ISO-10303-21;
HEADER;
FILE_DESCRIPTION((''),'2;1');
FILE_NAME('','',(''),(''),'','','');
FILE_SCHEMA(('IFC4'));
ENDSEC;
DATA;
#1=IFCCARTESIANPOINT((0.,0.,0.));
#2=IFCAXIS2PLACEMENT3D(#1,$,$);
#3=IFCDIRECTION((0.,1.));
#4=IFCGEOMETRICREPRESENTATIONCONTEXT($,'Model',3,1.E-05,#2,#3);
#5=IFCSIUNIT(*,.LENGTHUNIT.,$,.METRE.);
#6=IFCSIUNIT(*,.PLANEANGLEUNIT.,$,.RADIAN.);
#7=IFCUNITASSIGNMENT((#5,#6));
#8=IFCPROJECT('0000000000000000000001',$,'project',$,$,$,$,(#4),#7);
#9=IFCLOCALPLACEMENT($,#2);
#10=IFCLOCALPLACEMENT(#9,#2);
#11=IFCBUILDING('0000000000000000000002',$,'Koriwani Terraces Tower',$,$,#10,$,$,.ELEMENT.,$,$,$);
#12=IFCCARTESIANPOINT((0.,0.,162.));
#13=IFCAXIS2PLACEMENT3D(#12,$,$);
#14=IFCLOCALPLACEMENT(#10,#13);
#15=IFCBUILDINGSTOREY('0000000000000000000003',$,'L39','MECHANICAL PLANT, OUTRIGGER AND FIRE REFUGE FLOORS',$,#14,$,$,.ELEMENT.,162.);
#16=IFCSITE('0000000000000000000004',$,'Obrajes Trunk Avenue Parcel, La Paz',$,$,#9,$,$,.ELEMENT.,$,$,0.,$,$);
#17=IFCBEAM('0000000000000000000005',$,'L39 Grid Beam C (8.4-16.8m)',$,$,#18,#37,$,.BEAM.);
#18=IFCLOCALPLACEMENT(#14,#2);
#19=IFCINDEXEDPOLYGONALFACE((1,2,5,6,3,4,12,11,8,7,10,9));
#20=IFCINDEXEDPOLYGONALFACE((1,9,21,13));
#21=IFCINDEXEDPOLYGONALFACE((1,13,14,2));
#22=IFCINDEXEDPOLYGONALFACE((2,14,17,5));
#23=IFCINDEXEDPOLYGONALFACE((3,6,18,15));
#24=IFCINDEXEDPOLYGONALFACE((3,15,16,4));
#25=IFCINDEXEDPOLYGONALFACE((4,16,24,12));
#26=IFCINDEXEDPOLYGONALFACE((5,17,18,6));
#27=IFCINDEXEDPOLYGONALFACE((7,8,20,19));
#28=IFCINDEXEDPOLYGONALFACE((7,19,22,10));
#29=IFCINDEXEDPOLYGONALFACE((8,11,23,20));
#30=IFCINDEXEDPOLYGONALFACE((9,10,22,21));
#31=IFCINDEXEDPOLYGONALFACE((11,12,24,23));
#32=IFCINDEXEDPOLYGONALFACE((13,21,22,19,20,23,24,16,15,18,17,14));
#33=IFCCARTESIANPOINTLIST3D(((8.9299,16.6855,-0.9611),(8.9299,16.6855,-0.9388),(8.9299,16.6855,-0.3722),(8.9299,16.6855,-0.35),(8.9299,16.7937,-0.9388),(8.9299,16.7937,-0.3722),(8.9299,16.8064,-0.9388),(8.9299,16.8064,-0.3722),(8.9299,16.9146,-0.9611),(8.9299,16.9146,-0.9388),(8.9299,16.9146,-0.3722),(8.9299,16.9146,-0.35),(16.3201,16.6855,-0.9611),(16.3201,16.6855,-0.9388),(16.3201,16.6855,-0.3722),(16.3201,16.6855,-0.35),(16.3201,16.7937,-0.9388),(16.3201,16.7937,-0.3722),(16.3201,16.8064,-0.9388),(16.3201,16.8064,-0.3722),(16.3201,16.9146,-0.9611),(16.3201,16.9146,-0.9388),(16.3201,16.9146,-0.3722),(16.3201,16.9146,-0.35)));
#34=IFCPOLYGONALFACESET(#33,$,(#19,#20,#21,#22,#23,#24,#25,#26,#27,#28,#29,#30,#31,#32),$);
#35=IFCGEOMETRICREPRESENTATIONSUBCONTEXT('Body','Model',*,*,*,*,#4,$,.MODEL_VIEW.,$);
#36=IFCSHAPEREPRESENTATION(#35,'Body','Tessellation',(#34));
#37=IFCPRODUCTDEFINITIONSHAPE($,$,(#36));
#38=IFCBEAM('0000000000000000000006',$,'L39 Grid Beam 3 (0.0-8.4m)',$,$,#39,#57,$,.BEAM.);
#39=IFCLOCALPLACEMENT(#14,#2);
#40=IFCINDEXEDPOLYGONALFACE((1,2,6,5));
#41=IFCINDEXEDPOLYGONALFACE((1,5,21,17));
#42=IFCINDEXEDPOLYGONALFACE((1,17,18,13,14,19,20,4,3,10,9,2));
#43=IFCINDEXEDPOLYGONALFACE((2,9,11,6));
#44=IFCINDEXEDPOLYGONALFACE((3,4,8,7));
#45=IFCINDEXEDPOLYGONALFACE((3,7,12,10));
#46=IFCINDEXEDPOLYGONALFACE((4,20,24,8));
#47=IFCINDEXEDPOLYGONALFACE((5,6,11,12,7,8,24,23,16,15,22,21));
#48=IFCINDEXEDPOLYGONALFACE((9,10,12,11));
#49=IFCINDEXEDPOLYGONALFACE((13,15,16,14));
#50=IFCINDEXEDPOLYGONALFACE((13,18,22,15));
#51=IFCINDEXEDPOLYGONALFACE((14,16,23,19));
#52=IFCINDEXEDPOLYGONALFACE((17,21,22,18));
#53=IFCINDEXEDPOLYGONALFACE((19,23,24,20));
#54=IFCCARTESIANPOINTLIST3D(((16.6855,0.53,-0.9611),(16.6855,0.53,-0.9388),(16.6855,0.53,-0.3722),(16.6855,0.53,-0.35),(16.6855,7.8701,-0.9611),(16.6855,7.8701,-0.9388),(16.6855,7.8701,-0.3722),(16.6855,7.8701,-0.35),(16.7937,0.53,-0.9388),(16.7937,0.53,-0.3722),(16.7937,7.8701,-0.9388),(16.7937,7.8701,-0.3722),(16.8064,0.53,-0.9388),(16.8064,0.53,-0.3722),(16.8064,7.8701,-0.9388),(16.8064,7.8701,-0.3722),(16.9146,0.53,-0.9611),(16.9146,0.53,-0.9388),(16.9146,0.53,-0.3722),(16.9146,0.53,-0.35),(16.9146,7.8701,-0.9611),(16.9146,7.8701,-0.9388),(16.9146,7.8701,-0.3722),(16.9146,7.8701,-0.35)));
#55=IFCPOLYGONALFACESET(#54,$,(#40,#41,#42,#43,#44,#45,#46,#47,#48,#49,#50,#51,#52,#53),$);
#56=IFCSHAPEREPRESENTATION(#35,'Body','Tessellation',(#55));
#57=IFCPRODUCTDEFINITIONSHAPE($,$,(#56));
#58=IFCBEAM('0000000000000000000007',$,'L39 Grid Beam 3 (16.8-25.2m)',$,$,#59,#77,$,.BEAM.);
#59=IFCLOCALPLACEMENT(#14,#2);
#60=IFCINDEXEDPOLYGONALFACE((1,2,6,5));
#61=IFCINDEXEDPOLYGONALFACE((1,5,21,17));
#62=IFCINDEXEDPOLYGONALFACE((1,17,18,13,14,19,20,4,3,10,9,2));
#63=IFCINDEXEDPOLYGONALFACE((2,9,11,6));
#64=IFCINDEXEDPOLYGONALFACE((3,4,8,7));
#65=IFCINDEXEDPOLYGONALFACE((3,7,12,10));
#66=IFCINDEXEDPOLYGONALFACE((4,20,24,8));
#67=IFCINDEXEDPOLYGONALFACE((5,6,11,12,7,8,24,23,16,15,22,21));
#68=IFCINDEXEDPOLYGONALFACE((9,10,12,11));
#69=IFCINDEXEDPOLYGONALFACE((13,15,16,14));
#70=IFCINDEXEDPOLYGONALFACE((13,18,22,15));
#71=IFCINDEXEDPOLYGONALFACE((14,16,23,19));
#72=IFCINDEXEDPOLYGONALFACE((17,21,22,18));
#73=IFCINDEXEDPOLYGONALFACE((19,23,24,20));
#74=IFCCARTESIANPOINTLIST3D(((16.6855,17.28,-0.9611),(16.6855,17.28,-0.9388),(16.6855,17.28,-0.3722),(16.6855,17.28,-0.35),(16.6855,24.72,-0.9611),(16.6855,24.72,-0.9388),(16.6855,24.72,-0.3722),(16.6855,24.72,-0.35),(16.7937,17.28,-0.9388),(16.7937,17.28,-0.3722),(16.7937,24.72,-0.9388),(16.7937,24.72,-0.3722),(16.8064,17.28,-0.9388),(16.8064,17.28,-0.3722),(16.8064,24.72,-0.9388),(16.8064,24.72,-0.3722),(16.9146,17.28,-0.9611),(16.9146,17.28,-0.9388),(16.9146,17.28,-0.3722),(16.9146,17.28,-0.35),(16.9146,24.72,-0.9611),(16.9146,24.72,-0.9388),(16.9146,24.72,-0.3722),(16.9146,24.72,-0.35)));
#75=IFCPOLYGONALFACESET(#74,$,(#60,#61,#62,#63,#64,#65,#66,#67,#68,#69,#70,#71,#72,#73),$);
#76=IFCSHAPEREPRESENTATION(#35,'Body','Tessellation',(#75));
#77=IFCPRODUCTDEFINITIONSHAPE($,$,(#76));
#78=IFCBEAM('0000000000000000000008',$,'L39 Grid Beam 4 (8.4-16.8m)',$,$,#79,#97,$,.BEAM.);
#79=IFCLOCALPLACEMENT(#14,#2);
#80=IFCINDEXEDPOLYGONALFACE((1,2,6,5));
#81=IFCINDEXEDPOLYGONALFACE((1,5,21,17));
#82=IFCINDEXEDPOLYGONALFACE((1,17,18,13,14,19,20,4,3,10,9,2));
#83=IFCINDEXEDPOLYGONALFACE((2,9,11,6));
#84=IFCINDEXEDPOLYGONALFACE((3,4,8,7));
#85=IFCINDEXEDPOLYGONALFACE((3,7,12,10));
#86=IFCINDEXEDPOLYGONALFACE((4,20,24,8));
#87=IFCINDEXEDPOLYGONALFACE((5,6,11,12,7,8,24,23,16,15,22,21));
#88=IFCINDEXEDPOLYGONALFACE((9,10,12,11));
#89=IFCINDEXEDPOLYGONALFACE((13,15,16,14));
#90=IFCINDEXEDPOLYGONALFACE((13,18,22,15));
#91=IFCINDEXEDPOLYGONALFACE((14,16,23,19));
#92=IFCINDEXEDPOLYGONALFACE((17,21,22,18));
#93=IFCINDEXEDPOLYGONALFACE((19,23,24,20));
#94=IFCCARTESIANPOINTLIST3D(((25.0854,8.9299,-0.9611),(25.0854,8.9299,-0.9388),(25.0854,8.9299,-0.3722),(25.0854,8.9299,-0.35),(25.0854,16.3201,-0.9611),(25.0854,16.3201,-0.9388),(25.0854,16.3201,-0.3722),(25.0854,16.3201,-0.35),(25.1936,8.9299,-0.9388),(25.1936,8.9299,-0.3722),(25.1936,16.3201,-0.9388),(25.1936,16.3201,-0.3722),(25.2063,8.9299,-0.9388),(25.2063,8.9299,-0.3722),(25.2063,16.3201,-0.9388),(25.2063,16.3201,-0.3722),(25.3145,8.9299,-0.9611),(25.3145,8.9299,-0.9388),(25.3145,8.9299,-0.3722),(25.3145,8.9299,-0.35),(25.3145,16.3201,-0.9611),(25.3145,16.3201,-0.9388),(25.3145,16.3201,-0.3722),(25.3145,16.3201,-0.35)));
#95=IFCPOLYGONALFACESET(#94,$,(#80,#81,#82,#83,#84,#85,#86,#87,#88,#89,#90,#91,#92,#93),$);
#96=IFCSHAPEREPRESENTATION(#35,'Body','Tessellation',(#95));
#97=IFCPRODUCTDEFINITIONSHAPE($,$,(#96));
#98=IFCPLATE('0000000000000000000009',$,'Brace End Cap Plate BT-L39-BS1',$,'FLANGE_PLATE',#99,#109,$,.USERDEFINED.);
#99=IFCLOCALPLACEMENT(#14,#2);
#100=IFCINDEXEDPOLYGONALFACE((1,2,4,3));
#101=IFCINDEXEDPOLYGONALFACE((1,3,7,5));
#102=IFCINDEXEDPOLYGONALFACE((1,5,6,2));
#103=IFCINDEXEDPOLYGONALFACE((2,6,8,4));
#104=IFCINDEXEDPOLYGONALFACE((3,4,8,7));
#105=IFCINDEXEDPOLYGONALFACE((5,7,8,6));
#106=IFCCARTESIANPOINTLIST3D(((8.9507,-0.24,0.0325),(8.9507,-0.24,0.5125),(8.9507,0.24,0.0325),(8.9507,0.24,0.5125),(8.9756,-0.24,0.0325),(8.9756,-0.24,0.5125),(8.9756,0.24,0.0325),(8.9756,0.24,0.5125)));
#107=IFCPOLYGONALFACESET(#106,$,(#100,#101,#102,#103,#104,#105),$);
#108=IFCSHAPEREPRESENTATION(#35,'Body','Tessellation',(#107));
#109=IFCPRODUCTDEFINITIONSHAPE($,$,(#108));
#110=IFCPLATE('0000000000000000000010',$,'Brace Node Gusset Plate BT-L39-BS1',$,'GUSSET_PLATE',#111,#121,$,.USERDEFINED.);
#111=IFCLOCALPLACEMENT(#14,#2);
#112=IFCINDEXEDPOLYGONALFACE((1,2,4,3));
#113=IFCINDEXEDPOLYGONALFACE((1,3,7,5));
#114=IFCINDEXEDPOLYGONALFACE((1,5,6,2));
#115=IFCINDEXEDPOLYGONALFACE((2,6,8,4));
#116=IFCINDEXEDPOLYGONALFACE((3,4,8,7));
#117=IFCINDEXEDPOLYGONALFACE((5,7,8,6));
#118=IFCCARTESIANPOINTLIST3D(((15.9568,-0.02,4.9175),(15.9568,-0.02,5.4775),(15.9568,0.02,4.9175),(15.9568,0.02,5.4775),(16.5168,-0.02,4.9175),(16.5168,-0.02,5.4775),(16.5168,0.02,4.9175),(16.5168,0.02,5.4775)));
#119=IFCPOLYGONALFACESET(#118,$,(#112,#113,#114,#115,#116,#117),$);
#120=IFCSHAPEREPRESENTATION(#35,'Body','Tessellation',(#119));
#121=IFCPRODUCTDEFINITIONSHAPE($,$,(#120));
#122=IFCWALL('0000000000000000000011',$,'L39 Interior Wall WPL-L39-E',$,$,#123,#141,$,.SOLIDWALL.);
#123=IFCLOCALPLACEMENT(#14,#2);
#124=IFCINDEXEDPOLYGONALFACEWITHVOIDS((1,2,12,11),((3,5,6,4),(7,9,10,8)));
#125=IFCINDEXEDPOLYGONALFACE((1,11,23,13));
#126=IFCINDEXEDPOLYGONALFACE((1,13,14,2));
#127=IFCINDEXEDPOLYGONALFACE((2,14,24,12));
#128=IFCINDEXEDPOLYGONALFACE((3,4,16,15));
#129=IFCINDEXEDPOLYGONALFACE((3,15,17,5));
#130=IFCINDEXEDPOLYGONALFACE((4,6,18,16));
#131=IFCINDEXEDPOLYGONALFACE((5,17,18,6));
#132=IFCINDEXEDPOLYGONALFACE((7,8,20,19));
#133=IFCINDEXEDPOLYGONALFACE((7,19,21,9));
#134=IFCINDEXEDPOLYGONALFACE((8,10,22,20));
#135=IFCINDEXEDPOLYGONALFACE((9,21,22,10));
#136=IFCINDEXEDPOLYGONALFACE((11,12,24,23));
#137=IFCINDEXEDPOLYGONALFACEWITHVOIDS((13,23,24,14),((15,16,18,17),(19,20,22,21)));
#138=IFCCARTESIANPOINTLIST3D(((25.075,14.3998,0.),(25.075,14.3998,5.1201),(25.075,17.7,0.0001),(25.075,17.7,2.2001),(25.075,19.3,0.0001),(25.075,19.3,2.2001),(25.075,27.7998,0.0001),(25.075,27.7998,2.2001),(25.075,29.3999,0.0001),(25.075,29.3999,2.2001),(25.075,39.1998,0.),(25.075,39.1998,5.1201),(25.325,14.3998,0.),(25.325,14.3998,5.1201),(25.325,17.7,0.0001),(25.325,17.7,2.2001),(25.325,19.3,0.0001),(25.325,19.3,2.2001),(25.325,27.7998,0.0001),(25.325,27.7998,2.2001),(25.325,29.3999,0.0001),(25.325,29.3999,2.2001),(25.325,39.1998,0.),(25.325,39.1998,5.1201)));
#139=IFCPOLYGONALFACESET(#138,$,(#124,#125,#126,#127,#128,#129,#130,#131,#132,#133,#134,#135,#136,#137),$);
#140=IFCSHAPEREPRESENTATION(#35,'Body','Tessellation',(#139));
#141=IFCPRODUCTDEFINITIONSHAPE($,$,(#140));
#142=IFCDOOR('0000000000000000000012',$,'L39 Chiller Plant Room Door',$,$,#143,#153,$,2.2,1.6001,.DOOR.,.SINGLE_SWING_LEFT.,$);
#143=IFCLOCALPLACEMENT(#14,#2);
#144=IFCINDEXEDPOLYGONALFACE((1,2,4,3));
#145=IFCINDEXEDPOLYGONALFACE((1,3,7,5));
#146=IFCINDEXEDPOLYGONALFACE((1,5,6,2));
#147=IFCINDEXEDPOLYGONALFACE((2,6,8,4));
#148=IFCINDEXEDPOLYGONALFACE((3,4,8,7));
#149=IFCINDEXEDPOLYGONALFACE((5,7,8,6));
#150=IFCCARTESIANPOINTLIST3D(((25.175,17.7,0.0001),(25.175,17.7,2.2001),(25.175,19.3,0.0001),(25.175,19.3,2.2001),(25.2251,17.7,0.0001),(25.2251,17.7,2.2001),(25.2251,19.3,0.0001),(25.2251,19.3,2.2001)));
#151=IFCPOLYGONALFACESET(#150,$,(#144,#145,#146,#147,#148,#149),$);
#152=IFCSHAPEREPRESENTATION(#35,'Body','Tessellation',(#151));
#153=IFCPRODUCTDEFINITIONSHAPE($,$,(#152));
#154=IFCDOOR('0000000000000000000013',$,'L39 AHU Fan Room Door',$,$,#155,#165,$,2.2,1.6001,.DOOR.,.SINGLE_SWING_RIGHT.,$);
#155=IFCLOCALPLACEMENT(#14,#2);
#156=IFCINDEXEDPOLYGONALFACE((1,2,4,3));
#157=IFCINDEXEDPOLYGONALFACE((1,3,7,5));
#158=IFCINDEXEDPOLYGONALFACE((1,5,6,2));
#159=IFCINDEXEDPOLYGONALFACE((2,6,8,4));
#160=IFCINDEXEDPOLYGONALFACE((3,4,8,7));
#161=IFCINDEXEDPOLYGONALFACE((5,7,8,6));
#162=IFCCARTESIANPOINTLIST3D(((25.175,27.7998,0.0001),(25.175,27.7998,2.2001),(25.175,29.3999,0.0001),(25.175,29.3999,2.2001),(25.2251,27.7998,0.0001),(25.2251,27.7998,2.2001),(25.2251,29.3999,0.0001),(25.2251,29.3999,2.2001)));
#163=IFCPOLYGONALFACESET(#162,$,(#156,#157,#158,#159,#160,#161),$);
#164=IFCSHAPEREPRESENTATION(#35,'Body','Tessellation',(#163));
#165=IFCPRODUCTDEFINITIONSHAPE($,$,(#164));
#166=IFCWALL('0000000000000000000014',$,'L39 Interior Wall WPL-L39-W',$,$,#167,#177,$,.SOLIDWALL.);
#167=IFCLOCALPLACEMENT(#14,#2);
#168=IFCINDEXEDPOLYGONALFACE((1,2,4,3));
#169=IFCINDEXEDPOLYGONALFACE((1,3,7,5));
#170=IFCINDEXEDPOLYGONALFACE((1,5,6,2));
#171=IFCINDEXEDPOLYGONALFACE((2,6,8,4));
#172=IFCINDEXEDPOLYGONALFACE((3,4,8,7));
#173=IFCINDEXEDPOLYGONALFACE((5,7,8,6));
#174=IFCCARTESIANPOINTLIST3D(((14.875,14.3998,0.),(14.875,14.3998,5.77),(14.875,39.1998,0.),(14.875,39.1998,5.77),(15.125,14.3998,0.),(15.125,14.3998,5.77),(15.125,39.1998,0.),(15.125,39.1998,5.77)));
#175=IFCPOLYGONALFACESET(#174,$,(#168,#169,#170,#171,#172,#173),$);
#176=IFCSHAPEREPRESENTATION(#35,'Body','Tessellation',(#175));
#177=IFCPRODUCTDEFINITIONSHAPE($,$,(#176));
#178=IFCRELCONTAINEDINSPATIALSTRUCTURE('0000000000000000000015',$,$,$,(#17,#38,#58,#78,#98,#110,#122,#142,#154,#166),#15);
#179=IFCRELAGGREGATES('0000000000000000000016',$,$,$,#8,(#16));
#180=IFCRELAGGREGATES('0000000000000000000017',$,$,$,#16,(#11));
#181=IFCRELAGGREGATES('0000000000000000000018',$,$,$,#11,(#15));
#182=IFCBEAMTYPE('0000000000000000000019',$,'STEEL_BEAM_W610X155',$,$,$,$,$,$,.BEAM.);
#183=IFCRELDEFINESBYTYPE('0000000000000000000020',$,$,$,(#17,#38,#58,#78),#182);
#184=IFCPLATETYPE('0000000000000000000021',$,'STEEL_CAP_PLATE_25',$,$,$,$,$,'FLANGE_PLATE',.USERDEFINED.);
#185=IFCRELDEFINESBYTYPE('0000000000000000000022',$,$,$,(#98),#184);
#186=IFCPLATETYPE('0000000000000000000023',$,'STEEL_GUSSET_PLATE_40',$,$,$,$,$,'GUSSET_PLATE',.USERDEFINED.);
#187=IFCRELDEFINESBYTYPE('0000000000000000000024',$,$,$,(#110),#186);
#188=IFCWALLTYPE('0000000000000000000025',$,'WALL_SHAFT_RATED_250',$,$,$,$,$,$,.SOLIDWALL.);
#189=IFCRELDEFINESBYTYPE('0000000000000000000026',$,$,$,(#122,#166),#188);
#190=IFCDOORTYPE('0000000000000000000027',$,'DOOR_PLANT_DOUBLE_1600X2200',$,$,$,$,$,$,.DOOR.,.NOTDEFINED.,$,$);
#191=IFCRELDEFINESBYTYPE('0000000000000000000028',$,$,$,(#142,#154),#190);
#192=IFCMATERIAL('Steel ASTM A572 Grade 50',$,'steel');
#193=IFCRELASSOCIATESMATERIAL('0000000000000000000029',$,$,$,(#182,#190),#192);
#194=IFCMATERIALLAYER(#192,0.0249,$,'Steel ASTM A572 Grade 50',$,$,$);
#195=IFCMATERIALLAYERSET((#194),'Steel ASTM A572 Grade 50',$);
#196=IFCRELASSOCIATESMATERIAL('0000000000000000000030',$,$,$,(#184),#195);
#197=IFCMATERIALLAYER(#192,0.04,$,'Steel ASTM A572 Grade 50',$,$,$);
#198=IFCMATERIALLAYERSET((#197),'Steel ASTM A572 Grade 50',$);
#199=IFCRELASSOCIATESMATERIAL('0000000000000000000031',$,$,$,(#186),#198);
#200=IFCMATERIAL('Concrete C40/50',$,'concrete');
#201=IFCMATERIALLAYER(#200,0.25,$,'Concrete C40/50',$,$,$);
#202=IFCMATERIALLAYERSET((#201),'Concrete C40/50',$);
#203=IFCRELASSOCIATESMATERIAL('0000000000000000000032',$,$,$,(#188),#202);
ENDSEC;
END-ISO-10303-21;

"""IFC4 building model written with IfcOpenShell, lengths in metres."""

from ifc_helpers import new_model, si_unit, direction, frame, frame_2d, origin, origin_2d, place, context, subcontext, project, spatial, rectangle, i_section, extrude, material, layer, layer_set, material_profile, profile_set, type_object, element, fill, save


model = new_model("IFC4")

# Units and contexts
model_context = context("Model", 3, precision=1e-05, world=origin(), true_north=direction((0.0, 1.0)))
body_context = subcontext(model_context, "Body", "Model", "MODEL_VIEW")
ifc_project = project(units=[si_unit("LENGTHUNIT", "METRE"), si_unit("PLANEANGLEUNIT", "RADIAN")], contexts=[model_context])

# Site, building, storey
site_placement = place(None, origin())
site = spatial("IfcSite", under=ifc_project, at=site_placement, Name="Obrajes Trunk Avenue Parcel, La Paz", CompositionType="ELEMENT", RefElevation=0.0)
building_placement = place(site_placement, origin())
building = spatial("IfcBuilding", under=site, at=building_placement, Name="Koriwani Terraces Tower", CompositionType="ELEMENT")
storey_placement = place(building_placement, frame((0.0, 0.0, 162.0)))
storey = spatial("IfcBuildingStorey", under=building, at=storey_placement, Name="L39", Description="MECHANICAL PLANT, OUTRIGGER AND FIRE REFUGE FLOORS", CompositionType="ELEMENT", Elevation=162.0)

# Beams
ifc_material_1 = material(Name="Steel ASTM A572 Grade 50", Category="steel")
ifc_material_profile_1 = material_profile(ifc_material_1, i_section(OverallWidth=0.229, OverallDepth=0.6111, WebThickness=0.0127, FlangeThickness=0.0222, at=origin_2d()), Name="Steel ASTM A572 Grade 50", Category="LoadBearing")
ifc_profile_set_1 = profile_set([ifc_material_profile_1], Name="Steel ASTM A572 Grade 50")
beam_type_1 = type_object("IfcBeamType", Name="STEEL_BEAM_W610X155", PredefinedType="BEAM", material=ifc_profile_set_1)
beam_1_placement = place(storey_placement, frame((8.9299, 16.8, -0.6555), z_axis=(1.0, 0.0, 0.0), x_axis=(0.0, 1.0, 0.0)))
element("IfcBeam", 1, at=beam_1_placement, inside=storey, type_object=beam_type_1, Name="L39 Grid Beam C (8.4-16.8m)", PredefinedType="BEAM", context=body_context, shape_type="SweptSolid", body=[
    extrude(i_section(OverallWidth=0.229, OverallDepth=0.6111, WebThickness=0.0127, FlangeThickness=0.0222, at=origin_2d()), origin(), (0.0, 0.0, 1.0), 7.3901),
])
beam_2_placement = place(storey_placement, frame((16.8, 0.53, -0.6555), z_axis=(0.0, 1.0, 0.0), x_axis=(-1.0, 0.0, 0.0)))
element("IfcBeam", 2, at=beam_2_placement, inside=storey, type_object=beam_type_1, Name="L39 Grid Beam 3 (0.0-8.4m)", PredefinedType="BEAM", context=body_context, shape_type="SweptSolid", body=[
    extrude(i_section(OverallWidth=0.229, OverallDepth=0.6111, WebThickness=0.0127, FlangeThickness=0.0222, at=origin_2d()), origin(), (0.0, 0.0, 1.0), 7.3401),
])
beam_3_placement = place(storey_placement, frame((16.8, 17.28, -0.6555), z_axis=(0.0, 1.0, 0.0), x_axis=(-1.0, 0.0, 0.0)))
element("IfcBeam", 3, at=beam_3_placement, inside=storey, type_object=beam_type_1, Name="L39 Grid Beam 3 (16.8-25.2m)", PredefinedType="BEAM", context=body_context, shape_type="SweptSolid", body=[
    extrude(i_section(OverallWidth=0.229, OverallDepth=0.6111, WebThickness=0.0127, FlangeThickness=0.0222, at=origin_2d()), origin(), (0.0, 0.0, 1.0), 7.4399),
])
beam_4_placement = place(storey_placement, frame((25.2, 8.9299, -0.6555), z_axis=(0.0, 1.0, 0.0), x_axis=(-1.0, 0.0, 0.0)))
element("IfcBeam", 4, at=beam_4_placement, inside=storey, type_object=beam_type_1, Name="L39 Grid Beam 4 (8.4-16.8m)", PredefinedType="BEAM", context=body_context, shape_type="SweptSolid", body=[
    extrude(i_section(OverallWidth=0.229, OverallDepth=0.6111, WebThickness=0.0127, FlangeThickness=0.0222, at=origin_2d()), origin(), (0.0, 0.0, 1.0), 7.3901),
])

# Plates
ifc_layer_1 = layer(ifc_material_1, 0.0249, Name="Steel ASTM A572 Grade 50")
ifc_layer_set_1 = layer_set([ifc_layer_1], Name="Steel ASTM A572 Grade 50")
plate_type_1 = type_object("IfcPlateType", Name="STEEL_CAP_PLATE_25", ElementType="FLANGE_PLATE", PredefinedType="USERDEFINED", material=ifc_layer_set_1)
plate_1_placement = place(storey_placement, frame((8.9631, 0.0, 0.0325), z_axis=(0.0, 0.0, 1.0), x_axis=(1.0, 0.0, 0.0)))
element("IfcPlate", 5, at=plate_1_placement, inside=storey, type_object=plate_type_1, Name="Brace End Cap Plate BT-L39-BS1", ObjectType="FLANGE_PLATE", PredefinedType="USERDEFINED", context=body_context, shape_type="SweptSolid", body=[
    extrude(rectangle(XDim=0.0249, YDim=0.48, at=origin_2d()), origin(), (0.0, 0.0, 1.0), 0.48),
])
ifc_layer_2 = layer(ifc_material_1, 0.04, Name="Steel ASTM A572 Grade 50")
ifc_layer_set_2 = layer_set([ifc_layer_2], Name="Steel ASTM A572 Grade 50")
plate_type_2 = type_object("IfcPlateType", Name="STEEL_GUSSET_PLATE_40", ElementType="GUSSET_PLATE", PredefinedType="USERDEFINED", material=ifc_layer_set_2)
plate_2_placement = place(storey_placement, frame((16.2368, 0.0, 4.9175), z_axis=(0.0, 0.0, 1.0), x_axis=(1.0, 0.0, 0.0)))
element("IfcPlate", 6, at=plate_2_placement, inside=storey, type_object=plate_type_2, Name="Brace Node Gusset Plate BT-L39-BS1", ObjectType="GUSSET_PLATE", PredefinedType="USERDEFINED", context=body_context, shape_type="SweptSolid", body=[
    extrude(rectangle(XDim=0.5601, YDim=0.04, at=origin_2d()), origin(), (0.0, 0.0, 1.0), 0.5601),
])

# Wall, openings, doors
ifc_material_2 = material(Name="Concrete C40/50", Category="concrete")
ifc_layer_3 = layer(ifc_material_2, 0.25, Name="Concrete C40/50")
ifc_layer_set_3 = layer_set([ifc_layer_3], Name="Concrete C40/50")
wall_type = type_object("IfcWallType", Name="WALL_SHAFT_RATED_250", PredefinedType="SOLIDWALL", material=ifc_layer_set_3)
wall_1_placement = place(storey_placement, frame((25.2, 14.3999, 0.0), z_axis=(0.0, 0.0, 1.0), x_axis=(0.0, 1.0, 0.0)))
wall_1 = element("IfcWall", 7, at=wall_1_placement, inside=storey, type_object=wall_type, Name="L39 Interior Wall WPL-L39-E", PredefinedType="SOLIDWALL", context=body_context, shape_type="SweptSolid", body=[
    extrude(rectangle(XDim=24.8, YDim=0.25, at=frame_2d((12.3999, 0.0))), origin(), (0.0, 0.0, 1.0), 5.1201),
])
opening_1_placement = place(wall_1_placement, frame((3.3, 0.0, 0.0)))
opening_1 = element("IfcOpeningElement", 8, at=opening_1_placement, cuts=wall_1, PredefinedType="OPENING", context=body_context, shape_type="SweptSolid", body=[
    extrude(rectangle(XDim=1.6001, YDim=2.2, at=frame_2d((0.8, 1.1001))), frame((0.0, 0.135, 0.0), z_axis=(0.0, -1.0, 0.0), x_axis=(1.0, 0.0, 0.0)), (0.0, 0.0, 1.0), 0.27),
])
opening_2_placement = place(wall_1_placement, frame((13.3999, 0.0, 0.0)))
opening_2 = element("IfcOpeningElement", 9, at=opening_2_placement, cuts=wall_1, PredefinedType="OPENING", context=body_context, shape_type="SweptSolid", body=[
    extrude(rectangle(XDim=1.6001, YDim=2.2, at=frame_2d((0.8, 1.1001))), frame((0.0, 0.135, 0.0), z_axis=(0.0, -1.0, 0.0), x_axis=(1.0, 0.0, 0.0)), (0.0, 0.0, 1.0), 0.27),
])
door_type = type_object("IfcDoorType", Name="DOOR_PLANT_DOUBLE_1600X2200", OperationType="NOTDEFINED", PredefinedType="DOOR", material=ifc_material_1)
door_1_placement = place(opening_1_placement, origin())
door_1 = element("IfcDoor", 10, at=door_1_placement, inside=storey, type_object=door_type, Name="L39 Chiller Plant Room Door", OperationType="SINGLE_SWING_LEFT", OverallHeight=2.2, OverallWidth=1.6001, PredefinedType="DOOR", context=body_context, shape_type="SweptSolid", body=[
    extrude(rectangle(XDim=1.6001, YDim=2.2, at=frame_2d((0.8, 1.1001))), frame((0.0, 0.0249, 0.0), z_axis=(0.0, -1.0, 0.0), x_axis=(1.0, 0.0, 0.0)), (0.0, 0.0, 1.0), 0.05),
])
fill(opening_1, door_1)
door_2_placement = place(opening_2_placement, origin())
door_2 = element("IfcDoor", 11, at=door_2_placement, inside=storey, type_object=door_type, Name="L39 AHU Fan Room Door", OperationType="SINGLE_SWING_RIGHT", OverallHeight=2.2, OverallWidth=1.6001, PredefinedType="DOOR", context=body_context, shape_type="SweptSolid", body=[
    extrude(rectangle(XDim=1.6001, YDim=2.2, at=frame_2d((0.8, 1.1001))), frame((0.0, 0.0249, 0.0), z_axis=(0.0, -1.0, 0.0), x_axis=(1.0, 0.0, 0.0)), (0.0, 0.0, 1.0), 0.05),
])
fill(opening_2, door_2)

# Wall
wall_2_placement = place(storey_placement, frame((15.0, 14.3999, 0.0), z_axis=(0.0, 0.0, 1.0), x_axis=(0.0, 1.0, 0.0)))
element("IfcWall", 12, at=wall_2_placement, inside=storey, type_object=wall_type, Name="L39 Interior Wall WPL-L39-W", PredefinedType="SOLIDWALL", context=body_context, shape_type="SweptSolid", body=[
    extrude(rectangle(XDim=24.8, YDim=0.25, at=frame_2d((12.3999, 0.0))), origin(), (0.0, 0.0, 1.0), 5.77),
])

save(model, "model.ifc")
